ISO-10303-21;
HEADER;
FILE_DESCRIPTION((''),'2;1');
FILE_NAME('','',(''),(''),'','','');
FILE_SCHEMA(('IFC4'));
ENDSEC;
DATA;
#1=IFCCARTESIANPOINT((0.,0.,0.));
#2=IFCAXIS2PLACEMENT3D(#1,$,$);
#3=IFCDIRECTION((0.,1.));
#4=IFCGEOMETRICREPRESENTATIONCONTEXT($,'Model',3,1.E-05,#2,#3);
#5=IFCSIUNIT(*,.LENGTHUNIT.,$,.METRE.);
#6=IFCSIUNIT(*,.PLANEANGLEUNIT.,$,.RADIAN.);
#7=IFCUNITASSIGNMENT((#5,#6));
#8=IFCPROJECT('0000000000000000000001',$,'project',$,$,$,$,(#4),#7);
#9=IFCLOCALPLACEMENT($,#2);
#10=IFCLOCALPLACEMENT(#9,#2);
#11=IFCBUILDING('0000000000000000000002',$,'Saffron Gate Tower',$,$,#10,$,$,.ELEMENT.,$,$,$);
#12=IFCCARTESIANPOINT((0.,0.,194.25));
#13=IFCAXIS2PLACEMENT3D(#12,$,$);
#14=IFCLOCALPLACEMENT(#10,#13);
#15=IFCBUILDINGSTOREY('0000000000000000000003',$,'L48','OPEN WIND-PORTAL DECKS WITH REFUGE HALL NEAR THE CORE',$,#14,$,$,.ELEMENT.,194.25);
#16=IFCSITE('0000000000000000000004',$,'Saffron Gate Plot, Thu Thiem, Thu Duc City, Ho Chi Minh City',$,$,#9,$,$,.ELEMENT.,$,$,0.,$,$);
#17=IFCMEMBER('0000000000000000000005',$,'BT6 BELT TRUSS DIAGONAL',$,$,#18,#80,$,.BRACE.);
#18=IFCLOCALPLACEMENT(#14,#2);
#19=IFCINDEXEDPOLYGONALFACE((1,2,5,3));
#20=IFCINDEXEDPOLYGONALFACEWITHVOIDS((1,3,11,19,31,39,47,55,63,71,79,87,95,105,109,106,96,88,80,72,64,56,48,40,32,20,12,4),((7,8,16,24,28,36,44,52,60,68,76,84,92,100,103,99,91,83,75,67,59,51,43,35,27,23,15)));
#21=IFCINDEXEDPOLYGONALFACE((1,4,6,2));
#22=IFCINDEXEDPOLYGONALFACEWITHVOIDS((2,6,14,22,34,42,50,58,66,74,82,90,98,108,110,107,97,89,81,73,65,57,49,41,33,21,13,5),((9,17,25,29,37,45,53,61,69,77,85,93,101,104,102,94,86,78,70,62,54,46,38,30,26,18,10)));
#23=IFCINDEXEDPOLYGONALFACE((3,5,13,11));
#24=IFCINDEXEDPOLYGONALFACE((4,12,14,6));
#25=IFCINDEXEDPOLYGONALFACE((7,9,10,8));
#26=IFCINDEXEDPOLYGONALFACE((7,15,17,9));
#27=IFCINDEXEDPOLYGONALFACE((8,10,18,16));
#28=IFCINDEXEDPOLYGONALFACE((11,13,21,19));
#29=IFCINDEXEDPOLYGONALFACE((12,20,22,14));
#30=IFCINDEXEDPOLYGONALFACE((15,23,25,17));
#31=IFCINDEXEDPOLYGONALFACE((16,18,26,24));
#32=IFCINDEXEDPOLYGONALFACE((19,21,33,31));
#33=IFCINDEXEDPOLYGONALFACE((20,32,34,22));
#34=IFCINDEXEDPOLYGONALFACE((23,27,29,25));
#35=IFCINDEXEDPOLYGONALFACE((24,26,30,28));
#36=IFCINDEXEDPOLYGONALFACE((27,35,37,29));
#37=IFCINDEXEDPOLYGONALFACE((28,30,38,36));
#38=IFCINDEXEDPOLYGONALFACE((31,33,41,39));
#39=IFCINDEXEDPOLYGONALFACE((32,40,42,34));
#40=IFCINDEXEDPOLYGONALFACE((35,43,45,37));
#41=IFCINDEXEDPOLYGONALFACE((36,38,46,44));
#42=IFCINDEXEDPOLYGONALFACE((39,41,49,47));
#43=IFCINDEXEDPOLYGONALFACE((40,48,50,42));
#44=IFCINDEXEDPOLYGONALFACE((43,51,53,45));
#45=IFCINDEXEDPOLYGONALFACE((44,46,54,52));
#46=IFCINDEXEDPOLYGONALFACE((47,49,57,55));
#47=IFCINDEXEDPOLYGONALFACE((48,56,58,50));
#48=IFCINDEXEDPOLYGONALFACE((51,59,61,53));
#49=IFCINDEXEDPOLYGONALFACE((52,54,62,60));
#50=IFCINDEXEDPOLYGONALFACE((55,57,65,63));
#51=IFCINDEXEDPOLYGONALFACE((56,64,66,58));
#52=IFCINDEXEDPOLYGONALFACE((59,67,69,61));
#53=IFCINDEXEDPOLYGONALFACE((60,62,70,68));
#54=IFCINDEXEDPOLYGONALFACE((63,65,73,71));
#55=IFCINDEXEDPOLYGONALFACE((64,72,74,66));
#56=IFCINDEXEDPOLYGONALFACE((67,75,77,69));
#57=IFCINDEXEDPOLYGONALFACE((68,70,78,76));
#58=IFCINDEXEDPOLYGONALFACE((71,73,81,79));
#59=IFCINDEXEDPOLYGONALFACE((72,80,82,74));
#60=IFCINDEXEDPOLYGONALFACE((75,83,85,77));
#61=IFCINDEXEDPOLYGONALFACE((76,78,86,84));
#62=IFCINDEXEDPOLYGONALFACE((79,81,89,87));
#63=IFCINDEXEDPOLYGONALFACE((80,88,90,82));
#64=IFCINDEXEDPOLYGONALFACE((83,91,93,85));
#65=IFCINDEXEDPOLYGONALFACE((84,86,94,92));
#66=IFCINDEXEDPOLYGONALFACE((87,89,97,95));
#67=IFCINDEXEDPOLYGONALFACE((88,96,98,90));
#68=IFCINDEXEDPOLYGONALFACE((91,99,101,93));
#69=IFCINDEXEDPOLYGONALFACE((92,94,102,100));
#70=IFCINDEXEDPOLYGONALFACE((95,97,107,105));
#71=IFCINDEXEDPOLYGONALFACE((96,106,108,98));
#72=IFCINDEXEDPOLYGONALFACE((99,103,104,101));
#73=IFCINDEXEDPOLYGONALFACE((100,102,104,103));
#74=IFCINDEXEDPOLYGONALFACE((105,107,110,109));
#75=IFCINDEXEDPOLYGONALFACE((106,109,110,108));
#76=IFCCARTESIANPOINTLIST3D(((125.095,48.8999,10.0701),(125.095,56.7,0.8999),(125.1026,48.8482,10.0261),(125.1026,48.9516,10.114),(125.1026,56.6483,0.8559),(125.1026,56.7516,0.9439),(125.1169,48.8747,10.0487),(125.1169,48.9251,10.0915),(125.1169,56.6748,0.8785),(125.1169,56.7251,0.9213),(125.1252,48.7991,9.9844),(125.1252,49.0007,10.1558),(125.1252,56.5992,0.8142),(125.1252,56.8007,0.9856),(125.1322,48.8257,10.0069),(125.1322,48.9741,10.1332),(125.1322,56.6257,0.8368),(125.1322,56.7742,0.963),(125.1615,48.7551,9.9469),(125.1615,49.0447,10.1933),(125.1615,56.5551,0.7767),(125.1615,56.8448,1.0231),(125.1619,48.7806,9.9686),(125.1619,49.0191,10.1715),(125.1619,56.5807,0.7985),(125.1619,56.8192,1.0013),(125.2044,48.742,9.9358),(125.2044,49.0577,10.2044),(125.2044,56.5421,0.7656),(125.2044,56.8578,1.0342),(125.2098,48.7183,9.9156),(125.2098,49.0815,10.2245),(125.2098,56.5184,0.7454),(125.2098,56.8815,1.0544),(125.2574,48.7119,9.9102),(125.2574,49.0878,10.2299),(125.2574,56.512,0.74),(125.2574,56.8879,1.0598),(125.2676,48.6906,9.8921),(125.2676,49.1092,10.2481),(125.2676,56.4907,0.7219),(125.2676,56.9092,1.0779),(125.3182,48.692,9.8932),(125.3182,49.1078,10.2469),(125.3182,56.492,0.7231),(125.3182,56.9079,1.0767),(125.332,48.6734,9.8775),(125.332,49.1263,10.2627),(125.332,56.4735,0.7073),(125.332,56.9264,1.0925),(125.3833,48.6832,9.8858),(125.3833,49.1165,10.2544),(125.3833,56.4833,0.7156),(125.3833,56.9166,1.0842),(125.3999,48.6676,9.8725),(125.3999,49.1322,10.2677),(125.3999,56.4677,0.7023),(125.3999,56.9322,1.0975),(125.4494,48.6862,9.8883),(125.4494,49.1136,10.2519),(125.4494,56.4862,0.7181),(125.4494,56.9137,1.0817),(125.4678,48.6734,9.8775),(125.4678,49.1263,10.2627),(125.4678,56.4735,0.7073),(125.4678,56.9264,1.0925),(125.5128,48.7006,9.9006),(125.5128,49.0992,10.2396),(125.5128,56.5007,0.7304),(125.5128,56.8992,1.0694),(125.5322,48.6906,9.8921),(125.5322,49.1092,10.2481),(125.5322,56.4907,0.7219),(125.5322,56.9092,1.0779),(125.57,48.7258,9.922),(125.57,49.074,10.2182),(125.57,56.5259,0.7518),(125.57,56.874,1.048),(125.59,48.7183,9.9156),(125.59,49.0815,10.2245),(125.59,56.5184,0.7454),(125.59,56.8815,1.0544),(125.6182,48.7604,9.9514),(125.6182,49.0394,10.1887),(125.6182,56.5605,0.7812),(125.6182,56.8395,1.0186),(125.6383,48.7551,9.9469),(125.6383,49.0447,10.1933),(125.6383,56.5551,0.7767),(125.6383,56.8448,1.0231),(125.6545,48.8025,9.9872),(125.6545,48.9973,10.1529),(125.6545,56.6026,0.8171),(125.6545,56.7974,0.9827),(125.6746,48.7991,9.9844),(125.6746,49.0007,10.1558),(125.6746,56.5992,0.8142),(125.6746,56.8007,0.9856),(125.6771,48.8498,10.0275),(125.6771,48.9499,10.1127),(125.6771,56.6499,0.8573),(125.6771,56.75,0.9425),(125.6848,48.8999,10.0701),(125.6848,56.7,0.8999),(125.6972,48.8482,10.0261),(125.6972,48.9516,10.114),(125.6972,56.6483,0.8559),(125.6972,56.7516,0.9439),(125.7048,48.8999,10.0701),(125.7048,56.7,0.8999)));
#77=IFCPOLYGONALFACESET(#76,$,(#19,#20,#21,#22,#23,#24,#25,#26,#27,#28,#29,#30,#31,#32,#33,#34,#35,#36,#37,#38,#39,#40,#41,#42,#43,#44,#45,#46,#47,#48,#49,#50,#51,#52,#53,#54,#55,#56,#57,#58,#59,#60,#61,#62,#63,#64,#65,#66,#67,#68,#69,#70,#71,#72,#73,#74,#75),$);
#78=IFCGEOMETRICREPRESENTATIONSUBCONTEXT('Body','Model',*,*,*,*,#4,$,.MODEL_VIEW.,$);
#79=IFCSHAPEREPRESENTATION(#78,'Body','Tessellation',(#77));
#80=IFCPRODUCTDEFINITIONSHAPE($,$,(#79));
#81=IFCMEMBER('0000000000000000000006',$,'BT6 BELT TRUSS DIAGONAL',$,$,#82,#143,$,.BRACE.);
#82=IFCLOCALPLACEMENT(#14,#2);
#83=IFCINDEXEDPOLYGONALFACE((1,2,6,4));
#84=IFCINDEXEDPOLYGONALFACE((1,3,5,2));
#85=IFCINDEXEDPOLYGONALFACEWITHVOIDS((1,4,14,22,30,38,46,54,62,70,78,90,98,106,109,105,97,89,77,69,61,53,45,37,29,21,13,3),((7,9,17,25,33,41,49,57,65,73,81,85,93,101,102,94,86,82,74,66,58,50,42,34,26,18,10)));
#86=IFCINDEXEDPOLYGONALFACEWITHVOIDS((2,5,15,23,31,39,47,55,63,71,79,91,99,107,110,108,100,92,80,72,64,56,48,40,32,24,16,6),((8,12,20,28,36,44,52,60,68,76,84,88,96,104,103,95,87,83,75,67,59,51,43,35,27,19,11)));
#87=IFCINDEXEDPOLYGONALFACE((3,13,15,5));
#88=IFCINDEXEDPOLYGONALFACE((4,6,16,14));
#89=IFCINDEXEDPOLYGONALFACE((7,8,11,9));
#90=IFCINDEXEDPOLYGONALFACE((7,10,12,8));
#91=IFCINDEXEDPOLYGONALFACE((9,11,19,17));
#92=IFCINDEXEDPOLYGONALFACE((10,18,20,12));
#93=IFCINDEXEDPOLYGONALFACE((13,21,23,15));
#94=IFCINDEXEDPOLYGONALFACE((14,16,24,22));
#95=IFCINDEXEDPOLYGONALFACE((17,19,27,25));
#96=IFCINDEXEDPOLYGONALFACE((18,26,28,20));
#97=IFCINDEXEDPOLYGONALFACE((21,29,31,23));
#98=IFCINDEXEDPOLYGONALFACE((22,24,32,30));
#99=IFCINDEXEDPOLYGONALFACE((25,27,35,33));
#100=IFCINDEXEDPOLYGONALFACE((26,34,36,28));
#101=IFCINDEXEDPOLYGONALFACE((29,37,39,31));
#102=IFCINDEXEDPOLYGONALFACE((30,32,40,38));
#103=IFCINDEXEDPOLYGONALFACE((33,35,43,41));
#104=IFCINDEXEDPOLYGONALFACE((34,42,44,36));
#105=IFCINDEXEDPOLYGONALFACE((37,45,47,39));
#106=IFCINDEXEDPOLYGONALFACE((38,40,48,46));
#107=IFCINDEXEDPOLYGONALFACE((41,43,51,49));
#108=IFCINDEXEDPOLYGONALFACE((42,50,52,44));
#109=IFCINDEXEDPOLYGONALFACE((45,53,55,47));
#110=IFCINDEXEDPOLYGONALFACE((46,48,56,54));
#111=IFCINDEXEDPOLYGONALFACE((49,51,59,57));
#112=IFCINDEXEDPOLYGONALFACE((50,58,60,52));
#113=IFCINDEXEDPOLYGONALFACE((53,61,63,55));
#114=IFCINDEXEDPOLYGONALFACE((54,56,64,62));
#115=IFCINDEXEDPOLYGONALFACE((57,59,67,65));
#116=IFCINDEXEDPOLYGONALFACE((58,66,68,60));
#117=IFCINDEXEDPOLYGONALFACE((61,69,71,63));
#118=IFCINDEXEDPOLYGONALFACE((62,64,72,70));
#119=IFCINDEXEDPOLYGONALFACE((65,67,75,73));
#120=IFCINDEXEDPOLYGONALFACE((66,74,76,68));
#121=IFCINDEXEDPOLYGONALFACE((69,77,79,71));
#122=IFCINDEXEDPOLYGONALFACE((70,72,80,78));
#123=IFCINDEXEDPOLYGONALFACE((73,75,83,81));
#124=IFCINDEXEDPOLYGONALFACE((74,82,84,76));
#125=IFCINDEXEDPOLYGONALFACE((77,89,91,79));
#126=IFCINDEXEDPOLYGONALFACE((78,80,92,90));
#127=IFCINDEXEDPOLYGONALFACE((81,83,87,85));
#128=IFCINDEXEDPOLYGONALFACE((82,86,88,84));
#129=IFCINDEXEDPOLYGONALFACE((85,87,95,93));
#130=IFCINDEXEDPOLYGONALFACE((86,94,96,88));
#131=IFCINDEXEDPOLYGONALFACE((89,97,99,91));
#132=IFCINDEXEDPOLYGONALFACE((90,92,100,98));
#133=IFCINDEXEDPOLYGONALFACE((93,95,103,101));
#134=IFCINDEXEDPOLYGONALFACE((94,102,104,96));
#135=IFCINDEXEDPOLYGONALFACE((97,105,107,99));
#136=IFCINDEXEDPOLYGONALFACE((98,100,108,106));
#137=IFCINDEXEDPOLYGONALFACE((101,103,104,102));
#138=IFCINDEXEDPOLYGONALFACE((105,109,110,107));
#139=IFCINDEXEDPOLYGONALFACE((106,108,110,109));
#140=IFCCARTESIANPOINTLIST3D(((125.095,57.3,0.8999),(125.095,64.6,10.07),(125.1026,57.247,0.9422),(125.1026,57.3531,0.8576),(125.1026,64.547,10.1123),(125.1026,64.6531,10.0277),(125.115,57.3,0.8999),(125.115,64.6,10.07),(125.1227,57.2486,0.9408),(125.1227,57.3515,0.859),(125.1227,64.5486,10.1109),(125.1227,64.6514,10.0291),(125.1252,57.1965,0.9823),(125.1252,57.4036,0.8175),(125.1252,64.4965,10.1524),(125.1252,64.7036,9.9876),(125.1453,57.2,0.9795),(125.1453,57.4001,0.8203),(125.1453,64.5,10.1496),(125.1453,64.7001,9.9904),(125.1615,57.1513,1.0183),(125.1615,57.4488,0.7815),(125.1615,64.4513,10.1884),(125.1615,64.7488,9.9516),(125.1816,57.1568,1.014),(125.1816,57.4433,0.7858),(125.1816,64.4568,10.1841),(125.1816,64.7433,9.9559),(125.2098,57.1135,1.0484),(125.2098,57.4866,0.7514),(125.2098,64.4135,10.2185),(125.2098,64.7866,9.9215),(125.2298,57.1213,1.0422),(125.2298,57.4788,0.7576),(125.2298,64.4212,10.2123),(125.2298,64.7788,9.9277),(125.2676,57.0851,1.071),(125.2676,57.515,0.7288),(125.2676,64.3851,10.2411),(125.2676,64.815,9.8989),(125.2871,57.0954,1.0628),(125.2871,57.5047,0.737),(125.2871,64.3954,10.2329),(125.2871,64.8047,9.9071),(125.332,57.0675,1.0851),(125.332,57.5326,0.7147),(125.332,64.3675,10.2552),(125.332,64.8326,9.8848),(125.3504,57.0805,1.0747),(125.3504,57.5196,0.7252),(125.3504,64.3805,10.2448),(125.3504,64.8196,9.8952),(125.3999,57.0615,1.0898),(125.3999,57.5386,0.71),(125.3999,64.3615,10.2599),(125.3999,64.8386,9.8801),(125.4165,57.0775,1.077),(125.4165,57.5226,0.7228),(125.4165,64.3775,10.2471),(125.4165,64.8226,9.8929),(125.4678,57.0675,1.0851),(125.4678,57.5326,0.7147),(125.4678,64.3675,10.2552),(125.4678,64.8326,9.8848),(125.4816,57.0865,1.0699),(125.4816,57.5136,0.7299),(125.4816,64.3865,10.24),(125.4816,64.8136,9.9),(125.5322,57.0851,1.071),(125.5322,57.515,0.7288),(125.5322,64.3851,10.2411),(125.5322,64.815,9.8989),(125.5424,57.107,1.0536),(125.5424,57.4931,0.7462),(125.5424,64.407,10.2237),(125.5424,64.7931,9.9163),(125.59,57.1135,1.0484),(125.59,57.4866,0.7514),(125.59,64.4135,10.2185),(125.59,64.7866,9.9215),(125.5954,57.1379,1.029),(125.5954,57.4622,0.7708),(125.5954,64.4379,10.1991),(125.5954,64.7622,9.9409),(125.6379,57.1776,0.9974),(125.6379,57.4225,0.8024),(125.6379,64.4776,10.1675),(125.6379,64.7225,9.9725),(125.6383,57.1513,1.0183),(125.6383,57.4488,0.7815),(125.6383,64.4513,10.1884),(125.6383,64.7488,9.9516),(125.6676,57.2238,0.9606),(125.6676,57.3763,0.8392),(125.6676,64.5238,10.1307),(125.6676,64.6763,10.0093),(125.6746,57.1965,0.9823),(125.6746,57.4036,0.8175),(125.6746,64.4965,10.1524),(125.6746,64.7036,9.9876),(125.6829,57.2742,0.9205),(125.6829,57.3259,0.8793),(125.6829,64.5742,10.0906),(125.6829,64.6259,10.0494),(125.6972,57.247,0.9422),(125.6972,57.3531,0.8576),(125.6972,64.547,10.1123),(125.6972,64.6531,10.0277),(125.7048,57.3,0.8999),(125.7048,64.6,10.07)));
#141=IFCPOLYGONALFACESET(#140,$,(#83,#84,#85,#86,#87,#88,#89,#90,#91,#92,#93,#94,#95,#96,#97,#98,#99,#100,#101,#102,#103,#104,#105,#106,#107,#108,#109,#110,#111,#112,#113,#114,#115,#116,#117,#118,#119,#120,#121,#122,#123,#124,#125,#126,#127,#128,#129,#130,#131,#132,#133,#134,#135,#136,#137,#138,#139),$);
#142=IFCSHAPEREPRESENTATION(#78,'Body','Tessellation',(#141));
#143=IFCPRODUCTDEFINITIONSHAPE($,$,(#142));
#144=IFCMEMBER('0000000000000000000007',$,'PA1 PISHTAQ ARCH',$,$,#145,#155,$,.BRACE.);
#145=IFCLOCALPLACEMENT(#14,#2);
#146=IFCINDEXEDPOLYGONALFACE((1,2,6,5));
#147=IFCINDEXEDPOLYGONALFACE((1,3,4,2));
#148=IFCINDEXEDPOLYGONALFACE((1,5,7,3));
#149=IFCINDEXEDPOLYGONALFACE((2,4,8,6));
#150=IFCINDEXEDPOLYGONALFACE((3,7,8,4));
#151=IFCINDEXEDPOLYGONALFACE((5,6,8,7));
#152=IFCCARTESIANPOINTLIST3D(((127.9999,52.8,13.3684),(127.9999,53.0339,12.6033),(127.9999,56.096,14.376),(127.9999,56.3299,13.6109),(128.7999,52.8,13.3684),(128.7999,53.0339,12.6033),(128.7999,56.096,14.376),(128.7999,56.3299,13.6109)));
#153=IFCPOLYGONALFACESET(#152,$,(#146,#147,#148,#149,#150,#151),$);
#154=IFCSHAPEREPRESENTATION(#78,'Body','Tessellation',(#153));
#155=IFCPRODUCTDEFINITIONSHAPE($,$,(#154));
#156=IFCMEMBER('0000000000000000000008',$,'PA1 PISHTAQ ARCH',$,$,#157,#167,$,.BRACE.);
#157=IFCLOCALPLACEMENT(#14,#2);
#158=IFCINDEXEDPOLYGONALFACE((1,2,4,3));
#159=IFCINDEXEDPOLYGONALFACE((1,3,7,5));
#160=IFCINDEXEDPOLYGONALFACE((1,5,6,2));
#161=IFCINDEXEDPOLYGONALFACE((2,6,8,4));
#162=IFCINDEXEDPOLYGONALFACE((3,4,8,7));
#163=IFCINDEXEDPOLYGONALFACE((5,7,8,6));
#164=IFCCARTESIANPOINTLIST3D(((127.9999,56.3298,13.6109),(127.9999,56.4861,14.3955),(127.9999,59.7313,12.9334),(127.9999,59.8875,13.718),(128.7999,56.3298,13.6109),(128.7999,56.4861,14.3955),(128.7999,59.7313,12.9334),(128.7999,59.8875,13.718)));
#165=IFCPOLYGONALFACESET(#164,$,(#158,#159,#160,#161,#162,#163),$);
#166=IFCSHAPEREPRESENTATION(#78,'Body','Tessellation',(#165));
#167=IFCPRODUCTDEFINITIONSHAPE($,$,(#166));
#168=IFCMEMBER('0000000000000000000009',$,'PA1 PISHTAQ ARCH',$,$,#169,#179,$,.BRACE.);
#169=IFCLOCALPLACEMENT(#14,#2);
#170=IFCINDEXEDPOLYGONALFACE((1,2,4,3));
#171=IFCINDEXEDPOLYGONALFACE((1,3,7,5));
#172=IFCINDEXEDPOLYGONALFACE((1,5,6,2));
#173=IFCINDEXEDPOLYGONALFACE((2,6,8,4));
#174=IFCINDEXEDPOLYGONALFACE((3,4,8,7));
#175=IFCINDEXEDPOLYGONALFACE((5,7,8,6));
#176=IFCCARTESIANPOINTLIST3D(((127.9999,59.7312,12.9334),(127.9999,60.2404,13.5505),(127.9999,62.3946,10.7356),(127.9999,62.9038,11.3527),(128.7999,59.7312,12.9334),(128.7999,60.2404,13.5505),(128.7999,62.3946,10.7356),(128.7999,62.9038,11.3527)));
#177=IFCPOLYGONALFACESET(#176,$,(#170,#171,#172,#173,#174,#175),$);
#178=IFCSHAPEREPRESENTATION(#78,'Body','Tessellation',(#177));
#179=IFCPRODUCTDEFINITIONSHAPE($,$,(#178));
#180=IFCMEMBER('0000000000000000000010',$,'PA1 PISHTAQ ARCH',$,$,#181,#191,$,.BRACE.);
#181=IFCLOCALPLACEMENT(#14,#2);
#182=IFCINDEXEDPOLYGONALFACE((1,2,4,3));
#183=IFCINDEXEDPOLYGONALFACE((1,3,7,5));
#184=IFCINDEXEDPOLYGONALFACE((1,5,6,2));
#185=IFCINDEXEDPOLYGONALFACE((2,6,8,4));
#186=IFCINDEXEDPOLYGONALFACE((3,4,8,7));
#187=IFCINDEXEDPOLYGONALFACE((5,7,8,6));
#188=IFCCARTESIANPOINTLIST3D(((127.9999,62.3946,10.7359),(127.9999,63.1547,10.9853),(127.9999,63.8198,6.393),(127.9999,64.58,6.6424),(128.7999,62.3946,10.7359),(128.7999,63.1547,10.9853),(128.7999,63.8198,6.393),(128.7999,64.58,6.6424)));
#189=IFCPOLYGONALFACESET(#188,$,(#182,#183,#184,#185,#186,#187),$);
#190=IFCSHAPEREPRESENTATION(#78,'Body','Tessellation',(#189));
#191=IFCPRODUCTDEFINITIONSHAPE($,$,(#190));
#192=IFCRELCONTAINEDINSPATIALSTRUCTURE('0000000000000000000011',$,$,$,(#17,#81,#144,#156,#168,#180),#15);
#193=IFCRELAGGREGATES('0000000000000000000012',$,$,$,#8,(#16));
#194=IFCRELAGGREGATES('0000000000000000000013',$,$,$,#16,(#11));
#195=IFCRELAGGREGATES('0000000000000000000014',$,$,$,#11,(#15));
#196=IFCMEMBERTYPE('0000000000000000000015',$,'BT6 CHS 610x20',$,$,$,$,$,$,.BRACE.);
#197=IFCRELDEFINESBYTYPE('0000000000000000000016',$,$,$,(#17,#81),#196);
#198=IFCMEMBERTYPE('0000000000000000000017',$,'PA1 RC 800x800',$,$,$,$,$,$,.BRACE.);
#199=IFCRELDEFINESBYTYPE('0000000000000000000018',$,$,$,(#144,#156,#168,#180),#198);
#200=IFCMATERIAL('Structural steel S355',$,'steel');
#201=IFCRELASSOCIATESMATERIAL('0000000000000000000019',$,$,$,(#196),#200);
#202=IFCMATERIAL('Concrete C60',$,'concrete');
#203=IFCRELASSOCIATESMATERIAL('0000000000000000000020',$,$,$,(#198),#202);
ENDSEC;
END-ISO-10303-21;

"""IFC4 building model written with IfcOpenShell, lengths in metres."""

from ifc_helpers import new_model, si_unit, direction, frame, origin, origin_2d, place, context, subcontext, project, spatial, rectangle, hollow_circle, extrude, material, material_profile, profile_set, type_object, element, save


model = new_model("IFC4")

# Units and contexts
model_context = context("Model", 3, precision=1e-05, world=origin(), true_north=direction((0.0, 1.0)))
body_context = subcontext(model_context, "Body", "Model", "MODEL_VIEW")
ifc_project = project(units=[si_unit("LENGTHUNIT", "METRE"), si_unit("PLANEANGLEUNIT", "RADIAN")], contexts=[model_context])

# Site, building, storey
site_placement = place(None, origin())
site = spatial("IfcSite", under=ifc_project, at=site_placement, Name="Saffron Gate Plot, Thu Thiem, Thu Duc City, Ho Chi Minh City", CompositionType="ELEMENT", RefElevation=0.0)
building_placement = place(site_placement, origin())
building = spatial("IfcBuilding", under=site, at=building_placement, Name="Saffron Gate Tower", CompositionType="ELEMENT")
storey_placement = place(building_placement, frame((0.0, 0.0, 194.25)))
storey = spatial("IfcBuildingStorey", under=building, at=storey_placement, Name="L48", Description="OPEN WIND-PORTAL DECKS WITH REFUGE HALL NEAR THE CORE", CompositionType="ELEMENT", Elevation=194.25)

# Shared definitions
ifc_material_1 = material(Name="Structural steel S355", Category="steel")

# Members
ifc_material_profile_1 = material_profile(ifc_material_1, hollow_circle(Radius=0.3049, WallThickness=0.02, at=origin_2d()))
ifc_profile_set_1 = profile_set([ifc_material_profile_1], Name="Structural steel S355")
member_type_1 = type_object("IfcMemberType", Name="BT6 CHS 610x20", PredefinedType="BRACE", material=ifc_profile_set_1)
member_1_placement = place(storey_placement, frame((125.3999, 56.7, 0.8999), z_axis=(0.0, -0.647909, 0.761718), x_axis=(1.0, 0.0, 0.0)))
element("IfcMember", 1, at=member_1_placement, inside=storey, type_object=member_type_1, Name="BT6 BELT TRUSS DIAGONAL", PredefinedType="BRACE", context=body_context, shape_type="SweptSolid", body=[
    extrude(hollow_circle(Radius=0.3049, WallThickness=0.02, at=origin_2d()), origin(), (0.0, 0.0, 1.0), 12.0388),
])
member_2_placement = place(storey_placement, frame((125.3999, 57.3, 0.8999), z_axis=(0.0, 0.622816, 0.782368), x_axis=(-1.0, 0.0, 0.0)))
element("IfcMember", 2, at=member_2_placement, inside=storey, type_object=member_type_1, Name="BT6 BELT TRUSS DIAGONAL", PredefinedType="BRACE", context=body_context, shape_type="SweptSolid", body=[
    extrude(hollow_circle(Radius=0.3049, WallThickness=0.02, at=origin_2d()), origin(), (0.0, 0.0, 1.0), 11.7209),
])
ifc_material_2 = material(Name="Concrete C60", Category="concrete")
ifc_material_profile_2 = material_profile(ifc_material_2, rectangle(XDim=0.8, YDim=0.8, at=origin_2d()))
ifc_profile_set_2 = profile_set([ifc_material_profile_2], Name="Concrete C60")
member_type_2 = type_object("IfcMemberType", Name="PA1 RC 800x800", PredefinedType="BRACE", material=ifc_profile_set_2)
member_3_placement = place(storey_placement, frame((128.3999, 52.917, 12.9858), z_axis=(0.0, 0.956312, 0.292348), x_axis=(-1.0, 0.0, 0.0)))
element("IfcMember", 3, at=member_3_placement, inside=storey, type_object=member_type_2, Name="PA1 PISHTAQ ARCH", PredefinedType="BRACE", context=body_context, shape_type="SweptSolid", body=[
    extrude(rectangle(XDim=0.8, YDim=0.8, at=origin_2d()), origin(), (0.0, 0.0, 1.0), 3.4465),
])
member_4_placement = place(storey_placement, frame((128.3999, 56.408, 14.0032), z_axis=(0.0, 0.980735, -0.195344), x_axis=(-1.0, 0.0, 0.0)))
element("IfcMember", 4, at=member_4_placement, inside=storey, type_object=member_type_2, Name="PA1 PISHTAQ ARCH", PredefinedType="BRACE", context=body_context, shape_type="SweptSolid", body=[
    extrude(rectangle(XDim=0.8, YDim=0.8, at=origin_2d()), origin(), (0.0, 0.0, 1.0), 3.4683),
])
member_5_placement = place(storey_placement, frame((128.3999, 59.9858, 13.2419), z_axis=(0.0, 0.771301, -0.63647), x_axis=(-1.0, 0.0, 0.0)))
element("IfcMember", 5, at=member_5_placement, inside=storey, type_object=member_type_2, Name="PA1 PISHTAQ ARCH", PredefinedType="BRACE", context=body_context, shape_type="SweptSolid", body=[
    extrude(rectangle(XDim=0.8, YDim=0.8, at=origin_2d()), origin(), (0.0, 0.0, 1.0), 3.4531),
])
member_6_placement = place(storey_placement, frame((128.3999, 62.7747, 10.8606), z_axis=(0.0, 0.311818, -0.950142), x_axis=(-1.0, 0.0, 0.0)))
element("IfcMember", 6, at=member_6_placement, inside=storey, type_object=member_type_2, Name="PA1 PISHTAQ ARCH", PredefinedType="BRACE", context=body_context, shape_type="SweptSolid", body=[
    extrude(rectangle(XDim=0.8, YDim=0.8, at=origin_2d()), origin(), (0.0, 0.0, 1.0), 4.5708),
])

save(model, "model.ifc")
